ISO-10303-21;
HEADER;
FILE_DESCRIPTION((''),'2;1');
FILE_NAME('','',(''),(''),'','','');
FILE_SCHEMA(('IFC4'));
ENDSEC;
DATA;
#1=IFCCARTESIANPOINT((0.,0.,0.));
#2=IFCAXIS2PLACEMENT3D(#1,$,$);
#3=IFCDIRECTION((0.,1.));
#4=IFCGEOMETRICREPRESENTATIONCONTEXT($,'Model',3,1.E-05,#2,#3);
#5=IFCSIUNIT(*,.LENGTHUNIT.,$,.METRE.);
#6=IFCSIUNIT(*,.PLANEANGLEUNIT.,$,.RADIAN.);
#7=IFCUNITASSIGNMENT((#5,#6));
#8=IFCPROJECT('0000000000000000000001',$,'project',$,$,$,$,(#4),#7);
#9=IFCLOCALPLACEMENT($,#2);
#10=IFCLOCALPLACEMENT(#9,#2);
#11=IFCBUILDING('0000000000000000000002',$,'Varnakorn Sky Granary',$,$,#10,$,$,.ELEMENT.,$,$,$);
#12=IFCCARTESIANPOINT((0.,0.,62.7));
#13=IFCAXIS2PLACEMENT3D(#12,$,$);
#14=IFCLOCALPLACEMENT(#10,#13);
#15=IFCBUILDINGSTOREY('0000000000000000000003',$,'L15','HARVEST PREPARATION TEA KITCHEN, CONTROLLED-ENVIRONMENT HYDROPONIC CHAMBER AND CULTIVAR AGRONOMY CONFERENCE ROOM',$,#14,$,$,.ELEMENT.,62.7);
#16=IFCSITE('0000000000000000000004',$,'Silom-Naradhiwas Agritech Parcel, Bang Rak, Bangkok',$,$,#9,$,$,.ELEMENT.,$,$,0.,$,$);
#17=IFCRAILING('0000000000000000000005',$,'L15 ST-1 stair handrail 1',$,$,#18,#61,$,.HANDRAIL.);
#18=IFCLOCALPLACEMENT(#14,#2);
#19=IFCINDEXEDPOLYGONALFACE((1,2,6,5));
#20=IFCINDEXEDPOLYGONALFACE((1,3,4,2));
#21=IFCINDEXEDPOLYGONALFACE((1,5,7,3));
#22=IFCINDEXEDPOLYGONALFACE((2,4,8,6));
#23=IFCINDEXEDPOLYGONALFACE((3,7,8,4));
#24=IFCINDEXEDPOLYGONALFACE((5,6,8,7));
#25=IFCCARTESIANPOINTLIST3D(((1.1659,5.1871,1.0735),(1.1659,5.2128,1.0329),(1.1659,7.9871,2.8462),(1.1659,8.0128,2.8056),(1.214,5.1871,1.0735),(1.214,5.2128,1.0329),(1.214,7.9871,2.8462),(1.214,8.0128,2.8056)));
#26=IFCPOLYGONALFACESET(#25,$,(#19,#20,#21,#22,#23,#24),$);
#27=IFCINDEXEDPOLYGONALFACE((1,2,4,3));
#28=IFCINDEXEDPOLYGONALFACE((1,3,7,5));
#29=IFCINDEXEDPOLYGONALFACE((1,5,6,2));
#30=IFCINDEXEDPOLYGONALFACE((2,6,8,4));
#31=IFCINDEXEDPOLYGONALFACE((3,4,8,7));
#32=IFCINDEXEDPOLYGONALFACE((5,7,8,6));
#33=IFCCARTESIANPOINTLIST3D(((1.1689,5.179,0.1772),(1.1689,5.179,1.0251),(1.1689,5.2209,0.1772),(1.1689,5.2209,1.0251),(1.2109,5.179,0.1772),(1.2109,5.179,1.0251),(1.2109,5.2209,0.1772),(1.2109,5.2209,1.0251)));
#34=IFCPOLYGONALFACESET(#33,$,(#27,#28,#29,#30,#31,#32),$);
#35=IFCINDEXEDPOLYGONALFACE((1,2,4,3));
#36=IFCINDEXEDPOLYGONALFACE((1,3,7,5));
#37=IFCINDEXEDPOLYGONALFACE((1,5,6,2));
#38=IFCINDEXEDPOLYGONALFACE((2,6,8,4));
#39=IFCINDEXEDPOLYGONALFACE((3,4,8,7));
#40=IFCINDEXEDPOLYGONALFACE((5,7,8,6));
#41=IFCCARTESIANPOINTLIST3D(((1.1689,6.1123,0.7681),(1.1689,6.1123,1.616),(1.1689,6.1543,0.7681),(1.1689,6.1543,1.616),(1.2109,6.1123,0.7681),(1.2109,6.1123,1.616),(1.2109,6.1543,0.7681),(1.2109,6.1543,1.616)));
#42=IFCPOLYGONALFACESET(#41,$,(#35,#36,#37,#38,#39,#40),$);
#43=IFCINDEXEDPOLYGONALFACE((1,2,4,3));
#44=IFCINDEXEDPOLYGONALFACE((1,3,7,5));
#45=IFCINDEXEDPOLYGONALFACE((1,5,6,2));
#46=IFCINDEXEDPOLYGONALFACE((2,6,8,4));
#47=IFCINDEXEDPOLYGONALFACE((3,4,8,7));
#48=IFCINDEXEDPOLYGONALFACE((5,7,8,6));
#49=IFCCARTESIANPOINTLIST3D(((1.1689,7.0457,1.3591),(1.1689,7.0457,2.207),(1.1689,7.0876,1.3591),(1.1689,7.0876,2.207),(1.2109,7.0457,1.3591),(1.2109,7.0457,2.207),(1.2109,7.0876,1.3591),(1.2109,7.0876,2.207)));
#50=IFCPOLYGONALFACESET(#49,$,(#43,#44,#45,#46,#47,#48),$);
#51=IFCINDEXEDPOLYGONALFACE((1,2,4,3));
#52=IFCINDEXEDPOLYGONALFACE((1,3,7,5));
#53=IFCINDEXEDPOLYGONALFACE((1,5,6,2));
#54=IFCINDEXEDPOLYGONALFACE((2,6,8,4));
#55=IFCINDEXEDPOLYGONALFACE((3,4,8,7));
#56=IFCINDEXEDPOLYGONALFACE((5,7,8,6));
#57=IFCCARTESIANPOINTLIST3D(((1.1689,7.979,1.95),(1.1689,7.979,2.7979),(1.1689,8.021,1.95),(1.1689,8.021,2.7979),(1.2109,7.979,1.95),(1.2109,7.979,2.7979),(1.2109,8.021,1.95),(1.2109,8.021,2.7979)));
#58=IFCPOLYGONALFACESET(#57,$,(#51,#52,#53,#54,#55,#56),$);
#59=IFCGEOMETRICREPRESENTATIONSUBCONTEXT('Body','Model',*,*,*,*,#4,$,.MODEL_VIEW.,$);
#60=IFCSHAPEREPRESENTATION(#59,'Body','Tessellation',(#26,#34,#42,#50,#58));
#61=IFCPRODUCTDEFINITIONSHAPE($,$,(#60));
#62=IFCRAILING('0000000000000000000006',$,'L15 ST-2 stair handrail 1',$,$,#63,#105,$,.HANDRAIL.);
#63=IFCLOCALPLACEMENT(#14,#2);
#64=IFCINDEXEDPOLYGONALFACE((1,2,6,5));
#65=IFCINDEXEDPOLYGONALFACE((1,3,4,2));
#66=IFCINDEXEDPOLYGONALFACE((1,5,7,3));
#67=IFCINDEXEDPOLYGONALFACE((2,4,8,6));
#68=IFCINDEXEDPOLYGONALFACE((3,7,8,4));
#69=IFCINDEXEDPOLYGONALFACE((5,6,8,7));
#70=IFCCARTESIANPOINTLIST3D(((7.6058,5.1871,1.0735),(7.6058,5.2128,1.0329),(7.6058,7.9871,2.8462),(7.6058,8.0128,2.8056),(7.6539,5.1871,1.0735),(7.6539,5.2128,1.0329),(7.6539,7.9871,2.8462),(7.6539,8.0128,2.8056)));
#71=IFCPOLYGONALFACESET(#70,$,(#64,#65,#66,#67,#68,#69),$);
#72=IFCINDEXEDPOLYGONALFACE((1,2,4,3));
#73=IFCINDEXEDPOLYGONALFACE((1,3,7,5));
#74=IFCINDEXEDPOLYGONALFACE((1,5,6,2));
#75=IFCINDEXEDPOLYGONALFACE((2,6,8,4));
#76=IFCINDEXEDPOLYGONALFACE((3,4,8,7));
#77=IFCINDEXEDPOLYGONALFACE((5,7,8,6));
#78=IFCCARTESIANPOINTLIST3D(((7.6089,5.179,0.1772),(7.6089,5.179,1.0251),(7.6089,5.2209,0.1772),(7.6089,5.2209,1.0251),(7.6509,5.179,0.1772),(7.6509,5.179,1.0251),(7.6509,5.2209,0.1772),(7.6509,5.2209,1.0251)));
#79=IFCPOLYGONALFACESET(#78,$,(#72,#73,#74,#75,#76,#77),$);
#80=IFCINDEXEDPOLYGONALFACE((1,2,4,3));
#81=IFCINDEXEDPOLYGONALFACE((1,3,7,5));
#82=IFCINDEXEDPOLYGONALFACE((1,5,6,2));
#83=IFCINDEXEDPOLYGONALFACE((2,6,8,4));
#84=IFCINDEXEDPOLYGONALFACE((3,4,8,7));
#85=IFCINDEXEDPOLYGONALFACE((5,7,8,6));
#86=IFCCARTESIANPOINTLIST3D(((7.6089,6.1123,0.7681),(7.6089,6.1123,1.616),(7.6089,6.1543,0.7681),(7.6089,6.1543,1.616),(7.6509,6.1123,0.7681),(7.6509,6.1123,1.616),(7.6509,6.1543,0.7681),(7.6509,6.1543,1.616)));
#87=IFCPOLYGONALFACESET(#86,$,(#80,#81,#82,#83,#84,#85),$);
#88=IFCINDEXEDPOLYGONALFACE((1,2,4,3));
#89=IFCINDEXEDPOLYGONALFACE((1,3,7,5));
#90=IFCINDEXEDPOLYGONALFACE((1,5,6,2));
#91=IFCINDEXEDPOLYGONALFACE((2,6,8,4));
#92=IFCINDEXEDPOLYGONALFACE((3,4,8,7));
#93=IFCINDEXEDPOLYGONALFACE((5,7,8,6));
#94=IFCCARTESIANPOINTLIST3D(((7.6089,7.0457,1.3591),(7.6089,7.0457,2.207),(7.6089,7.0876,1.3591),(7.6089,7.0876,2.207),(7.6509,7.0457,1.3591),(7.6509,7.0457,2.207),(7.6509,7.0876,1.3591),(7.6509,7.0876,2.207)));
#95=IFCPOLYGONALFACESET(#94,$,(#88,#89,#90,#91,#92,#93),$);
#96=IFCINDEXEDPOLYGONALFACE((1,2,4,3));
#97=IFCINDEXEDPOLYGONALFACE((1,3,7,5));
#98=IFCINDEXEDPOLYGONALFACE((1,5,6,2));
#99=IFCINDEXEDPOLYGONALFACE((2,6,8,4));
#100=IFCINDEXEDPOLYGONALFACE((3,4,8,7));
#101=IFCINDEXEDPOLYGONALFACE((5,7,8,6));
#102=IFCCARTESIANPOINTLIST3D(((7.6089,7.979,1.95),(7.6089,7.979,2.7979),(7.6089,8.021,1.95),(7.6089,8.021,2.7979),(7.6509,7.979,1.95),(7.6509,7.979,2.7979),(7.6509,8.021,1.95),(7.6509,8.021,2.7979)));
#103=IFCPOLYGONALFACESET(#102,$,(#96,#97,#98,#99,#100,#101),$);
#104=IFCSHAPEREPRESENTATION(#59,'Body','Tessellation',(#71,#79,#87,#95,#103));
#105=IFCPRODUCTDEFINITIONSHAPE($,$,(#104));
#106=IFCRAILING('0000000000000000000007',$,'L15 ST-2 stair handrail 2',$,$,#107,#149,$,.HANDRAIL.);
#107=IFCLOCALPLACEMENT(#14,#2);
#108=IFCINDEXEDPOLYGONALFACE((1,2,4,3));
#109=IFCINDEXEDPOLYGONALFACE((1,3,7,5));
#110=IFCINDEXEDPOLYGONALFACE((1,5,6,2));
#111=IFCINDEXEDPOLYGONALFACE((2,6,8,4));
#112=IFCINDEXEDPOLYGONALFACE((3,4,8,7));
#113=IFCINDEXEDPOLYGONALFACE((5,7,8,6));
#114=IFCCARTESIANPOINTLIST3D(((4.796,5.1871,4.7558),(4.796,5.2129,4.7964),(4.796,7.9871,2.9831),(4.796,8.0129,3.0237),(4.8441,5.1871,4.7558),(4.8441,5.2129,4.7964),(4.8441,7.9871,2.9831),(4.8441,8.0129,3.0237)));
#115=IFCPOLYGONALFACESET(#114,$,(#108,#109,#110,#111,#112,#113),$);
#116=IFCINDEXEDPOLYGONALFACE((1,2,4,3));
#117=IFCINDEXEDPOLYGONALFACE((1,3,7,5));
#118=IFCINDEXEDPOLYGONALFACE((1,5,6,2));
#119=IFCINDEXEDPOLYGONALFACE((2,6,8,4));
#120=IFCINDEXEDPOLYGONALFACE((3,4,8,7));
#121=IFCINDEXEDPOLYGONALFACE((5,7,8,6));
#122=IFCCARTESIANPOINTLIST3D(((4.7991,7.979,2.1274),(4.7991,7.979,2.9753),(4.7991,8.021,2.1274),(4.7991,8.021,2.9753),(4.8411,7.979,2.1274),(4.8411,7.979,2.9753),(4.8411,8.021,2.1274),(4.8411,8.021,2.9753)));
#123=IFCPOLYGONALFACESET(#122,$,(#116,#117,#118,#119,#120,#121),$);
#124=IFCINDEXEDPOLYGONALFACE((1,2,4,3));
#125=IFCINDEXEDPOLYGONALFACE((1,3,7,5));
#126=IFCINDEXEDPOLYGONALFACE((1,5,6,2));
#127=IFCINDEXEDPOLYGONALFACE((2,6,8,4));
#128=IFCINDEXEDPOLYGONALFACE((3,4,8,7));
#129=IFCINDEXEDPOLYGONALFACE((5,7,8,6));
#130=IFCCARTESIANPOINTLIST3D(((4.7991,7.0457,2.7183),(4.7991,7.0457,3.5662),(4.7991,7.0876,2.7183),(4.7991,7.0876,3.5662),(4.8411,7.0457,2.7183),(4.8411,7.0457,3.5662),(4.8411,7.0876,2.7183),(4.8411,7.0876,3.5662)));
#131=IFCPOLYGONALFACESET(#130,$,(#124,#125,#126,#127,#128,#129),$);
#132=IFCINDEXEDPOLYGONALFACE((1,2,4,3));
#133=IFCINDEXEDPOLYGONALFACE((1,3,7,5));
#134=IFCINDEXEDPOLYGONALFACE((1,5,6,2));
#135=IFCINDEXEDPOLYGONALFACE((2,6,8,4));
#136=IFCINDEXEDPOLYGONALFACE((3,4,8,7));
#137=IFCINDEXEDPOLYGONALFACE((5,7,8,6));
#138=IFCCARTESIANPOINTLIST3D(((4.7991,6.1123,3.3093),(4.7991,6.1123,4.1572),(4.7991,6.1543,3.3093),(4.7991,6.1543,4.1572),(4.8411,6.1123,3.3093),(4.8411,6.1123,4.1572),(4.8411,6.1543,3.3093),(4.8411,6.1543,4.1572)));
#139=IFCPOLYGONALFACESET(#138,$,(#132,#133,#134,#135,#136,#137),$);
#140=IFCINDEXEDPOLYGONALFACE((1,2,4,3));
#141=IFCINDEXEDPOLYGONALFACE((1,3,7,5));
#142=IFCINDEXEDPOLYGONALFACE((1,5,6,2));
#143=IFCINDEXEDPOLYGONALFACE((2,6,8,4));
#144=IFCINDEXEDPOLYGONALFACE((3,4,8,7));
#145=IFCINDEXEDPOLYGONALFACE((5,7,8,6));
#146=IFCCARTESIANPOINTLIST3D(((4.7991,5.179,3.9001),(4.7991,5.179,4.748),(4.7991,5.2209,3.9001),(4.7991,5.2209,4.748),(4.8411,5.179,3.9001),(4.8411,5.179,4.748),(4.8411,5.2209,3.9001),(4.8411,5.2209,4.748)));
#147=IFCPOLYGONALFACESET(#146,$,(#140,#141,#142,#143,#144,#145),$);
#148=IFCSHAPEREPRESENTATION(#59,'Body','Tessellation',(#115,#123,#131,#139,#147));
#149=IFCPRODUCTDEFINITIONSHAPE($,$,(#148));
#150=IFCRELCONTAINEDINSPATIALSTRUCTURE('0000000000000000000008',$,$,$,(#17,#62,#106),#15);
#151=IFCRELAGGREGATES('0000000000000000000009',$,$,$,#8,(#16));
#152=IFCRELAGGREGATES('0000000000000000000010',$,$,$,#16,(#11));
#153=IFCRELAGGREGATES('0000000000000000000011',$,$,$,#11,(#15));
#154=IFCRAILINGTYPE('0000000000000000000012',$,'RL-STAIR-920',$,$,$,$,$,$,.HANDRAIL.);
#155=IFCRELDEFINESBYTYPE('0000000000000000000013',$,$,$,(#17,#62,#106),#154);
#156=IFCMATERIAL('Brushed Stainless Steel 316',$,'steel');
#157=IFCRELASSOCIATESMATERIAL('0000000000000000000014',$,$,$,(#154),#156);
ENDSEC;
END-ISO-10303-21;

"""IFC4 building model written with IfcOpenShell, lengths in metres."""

from ifc_helpers import new_model, si_unit, direction, frame, origin, origin_2d, place, context, subcontext, project, spatial, rectangle, extrude, material, type_object, element, save


model = new_model("IFC4")

# Units and contexts
model_context = context("Model", 3, precision=1e-05, world=origin(), true_north=direction((0.0, 1.0)))
body_context = subcontext(model_context, "Body", "Model", "MODEL_VIEW")
ifc_project = project(units=[si_unit("LENGTHUNIT", "METRE"), si_unit("PLANEANGLEUNIT", "RADIAN")], contexts=[model_context])

# Site, building, storey
site_placement = place(None, origin())
site = spatial("IfcSite", under=ifc_project, at=site_placement, Name="Silom-Naradhiwas Agritech Parcel, Bang Rak, Bangkok", CompositionType="ELEMENT", RefElevation=0.0)
building_placement = place(site_placement, origin())
building = spatial("IfcBuilding", under=site, at=building_placement, Name="Varnakorn Sky Granary", CompositionType="ELEMENT")
storey_placement = place(building_placement, frame((0.0, 0.0, 62.7)))
storey = spatial("IfcBuildingStorey", under=building, at=storey_placement, Name="L15", Description="HARVEST PREPARATION TEA KITCHEN, CONTROLLED-ENVIRONMENT HYDROPONIC CHAMBER AND CULTIVAR AGRONOMY CONFERENCE ROOM", CompositionType="ELEMENT", Elevation=62.7)

# Railings
ifc_material_1 = material(Name="Brushed Stainless Steel 316", Category="steel")
railing_type_1 = type_object("IfcRailingType", Name="RL-STAIR-920", PredefinedType="HANDRAIL", material=ifc_material_1)
for number, where, name in (
    (1, (1.1899, 5.2, 0.1772), "L15 ST-1 stair handrail 1"),
    (2, (7.6299, 5.2, 0.1772), "L15 ST-2 stair handrail 1"),
):
    element("IfcRailing", number, at=place(storey_placement, frame(where)), inside=storey, type_object=railing_type_1, Name=name, PredefinedType="HANDRAIL", context=body_context, shape_type="SweptSolid", body=[
        extrude(rectangle(XDim=0.0481, YDim=0.0481, at=origin_2d()), frame((0.0, 0.0, 0.876), z_axis=(0.0, 0.844909, 0.53491), x_axis=(-1.0, 0.0, 0.0)), (0.0, 0.0, 1.0), 3.314),
        extrude(rectangle(XDim=0.042, YDim=0.042, at=origin_2d()), origin(), (0.0, 0.0, 1.0), 0.8479),
        extrude(rectangle(XDim=0.042, YDim=0.042, at=origin_2d()), frame((0.0, 0.9333, 0.5908)), (0.0, 0.0, 1.0), 0.8479),
        extrude(rectangle(XDim=0.042, YDim=0.042, at=origin_2d()), frame((0.0, 1.8667, 1.1819)), (0.0, 0.0, 1.0), 0.8479),
        extrude(rectangle(XDim=0.042, YDim=0.042, at=origin_2d()), frame((0.0, 2.8, 1.7727)), (0.0, 0.0, 1.0), 0.8479),
    ])
railing_1_placement = place(storey_placement, frame((4.8201, 8.0, 2.1274)))
element("IfcRailing", 3, at=railing_1_placement, inside=storey, type_object=railing_type_1, Name="L15 ST-2 stair handrail 2", PredefinedType="HANDRAIL", context=body_context, shape_type="SweptSolid", body=[
    extrude(rectangle(XDim=0.0481, YDim=0.0481, at=origin_2d()), frame((0.0, 0.0, 0.876), z_axis=(0.0, -0.844909, 0.53491), x_axis=(1.0, 0.0, 0.0)), (0.0, 0.0, 1.0), 3.314),
    extrude(rectangle(XDim=0.042, YDim=0.042, at=origin_2d()), origin(), (0.0, 0.0, 1.0), 0.8479),
    extrude(rectangle(XDim=0.042, YDim=0.042, at=origin_2d()), frame((0.0, -0.9333, 0.5908)), (0.0, 0.0, 1.0), 0.8479),
    extrude(rectangle(XDim=0.042, YDim=0.042, at=origin_2d()), frame((0.0, -1.8667, 1.1819)), (0.0, 0.0, 1.0), 0.8479),
    extrude(rectangle(XDim=0.042, YDim=0.042, at=origin_2d()), frame((0.0, -2.8, 1.7727)), (0.0, 0.0, 1.0), 0.8479),
])

save(model, "model.ifc")
